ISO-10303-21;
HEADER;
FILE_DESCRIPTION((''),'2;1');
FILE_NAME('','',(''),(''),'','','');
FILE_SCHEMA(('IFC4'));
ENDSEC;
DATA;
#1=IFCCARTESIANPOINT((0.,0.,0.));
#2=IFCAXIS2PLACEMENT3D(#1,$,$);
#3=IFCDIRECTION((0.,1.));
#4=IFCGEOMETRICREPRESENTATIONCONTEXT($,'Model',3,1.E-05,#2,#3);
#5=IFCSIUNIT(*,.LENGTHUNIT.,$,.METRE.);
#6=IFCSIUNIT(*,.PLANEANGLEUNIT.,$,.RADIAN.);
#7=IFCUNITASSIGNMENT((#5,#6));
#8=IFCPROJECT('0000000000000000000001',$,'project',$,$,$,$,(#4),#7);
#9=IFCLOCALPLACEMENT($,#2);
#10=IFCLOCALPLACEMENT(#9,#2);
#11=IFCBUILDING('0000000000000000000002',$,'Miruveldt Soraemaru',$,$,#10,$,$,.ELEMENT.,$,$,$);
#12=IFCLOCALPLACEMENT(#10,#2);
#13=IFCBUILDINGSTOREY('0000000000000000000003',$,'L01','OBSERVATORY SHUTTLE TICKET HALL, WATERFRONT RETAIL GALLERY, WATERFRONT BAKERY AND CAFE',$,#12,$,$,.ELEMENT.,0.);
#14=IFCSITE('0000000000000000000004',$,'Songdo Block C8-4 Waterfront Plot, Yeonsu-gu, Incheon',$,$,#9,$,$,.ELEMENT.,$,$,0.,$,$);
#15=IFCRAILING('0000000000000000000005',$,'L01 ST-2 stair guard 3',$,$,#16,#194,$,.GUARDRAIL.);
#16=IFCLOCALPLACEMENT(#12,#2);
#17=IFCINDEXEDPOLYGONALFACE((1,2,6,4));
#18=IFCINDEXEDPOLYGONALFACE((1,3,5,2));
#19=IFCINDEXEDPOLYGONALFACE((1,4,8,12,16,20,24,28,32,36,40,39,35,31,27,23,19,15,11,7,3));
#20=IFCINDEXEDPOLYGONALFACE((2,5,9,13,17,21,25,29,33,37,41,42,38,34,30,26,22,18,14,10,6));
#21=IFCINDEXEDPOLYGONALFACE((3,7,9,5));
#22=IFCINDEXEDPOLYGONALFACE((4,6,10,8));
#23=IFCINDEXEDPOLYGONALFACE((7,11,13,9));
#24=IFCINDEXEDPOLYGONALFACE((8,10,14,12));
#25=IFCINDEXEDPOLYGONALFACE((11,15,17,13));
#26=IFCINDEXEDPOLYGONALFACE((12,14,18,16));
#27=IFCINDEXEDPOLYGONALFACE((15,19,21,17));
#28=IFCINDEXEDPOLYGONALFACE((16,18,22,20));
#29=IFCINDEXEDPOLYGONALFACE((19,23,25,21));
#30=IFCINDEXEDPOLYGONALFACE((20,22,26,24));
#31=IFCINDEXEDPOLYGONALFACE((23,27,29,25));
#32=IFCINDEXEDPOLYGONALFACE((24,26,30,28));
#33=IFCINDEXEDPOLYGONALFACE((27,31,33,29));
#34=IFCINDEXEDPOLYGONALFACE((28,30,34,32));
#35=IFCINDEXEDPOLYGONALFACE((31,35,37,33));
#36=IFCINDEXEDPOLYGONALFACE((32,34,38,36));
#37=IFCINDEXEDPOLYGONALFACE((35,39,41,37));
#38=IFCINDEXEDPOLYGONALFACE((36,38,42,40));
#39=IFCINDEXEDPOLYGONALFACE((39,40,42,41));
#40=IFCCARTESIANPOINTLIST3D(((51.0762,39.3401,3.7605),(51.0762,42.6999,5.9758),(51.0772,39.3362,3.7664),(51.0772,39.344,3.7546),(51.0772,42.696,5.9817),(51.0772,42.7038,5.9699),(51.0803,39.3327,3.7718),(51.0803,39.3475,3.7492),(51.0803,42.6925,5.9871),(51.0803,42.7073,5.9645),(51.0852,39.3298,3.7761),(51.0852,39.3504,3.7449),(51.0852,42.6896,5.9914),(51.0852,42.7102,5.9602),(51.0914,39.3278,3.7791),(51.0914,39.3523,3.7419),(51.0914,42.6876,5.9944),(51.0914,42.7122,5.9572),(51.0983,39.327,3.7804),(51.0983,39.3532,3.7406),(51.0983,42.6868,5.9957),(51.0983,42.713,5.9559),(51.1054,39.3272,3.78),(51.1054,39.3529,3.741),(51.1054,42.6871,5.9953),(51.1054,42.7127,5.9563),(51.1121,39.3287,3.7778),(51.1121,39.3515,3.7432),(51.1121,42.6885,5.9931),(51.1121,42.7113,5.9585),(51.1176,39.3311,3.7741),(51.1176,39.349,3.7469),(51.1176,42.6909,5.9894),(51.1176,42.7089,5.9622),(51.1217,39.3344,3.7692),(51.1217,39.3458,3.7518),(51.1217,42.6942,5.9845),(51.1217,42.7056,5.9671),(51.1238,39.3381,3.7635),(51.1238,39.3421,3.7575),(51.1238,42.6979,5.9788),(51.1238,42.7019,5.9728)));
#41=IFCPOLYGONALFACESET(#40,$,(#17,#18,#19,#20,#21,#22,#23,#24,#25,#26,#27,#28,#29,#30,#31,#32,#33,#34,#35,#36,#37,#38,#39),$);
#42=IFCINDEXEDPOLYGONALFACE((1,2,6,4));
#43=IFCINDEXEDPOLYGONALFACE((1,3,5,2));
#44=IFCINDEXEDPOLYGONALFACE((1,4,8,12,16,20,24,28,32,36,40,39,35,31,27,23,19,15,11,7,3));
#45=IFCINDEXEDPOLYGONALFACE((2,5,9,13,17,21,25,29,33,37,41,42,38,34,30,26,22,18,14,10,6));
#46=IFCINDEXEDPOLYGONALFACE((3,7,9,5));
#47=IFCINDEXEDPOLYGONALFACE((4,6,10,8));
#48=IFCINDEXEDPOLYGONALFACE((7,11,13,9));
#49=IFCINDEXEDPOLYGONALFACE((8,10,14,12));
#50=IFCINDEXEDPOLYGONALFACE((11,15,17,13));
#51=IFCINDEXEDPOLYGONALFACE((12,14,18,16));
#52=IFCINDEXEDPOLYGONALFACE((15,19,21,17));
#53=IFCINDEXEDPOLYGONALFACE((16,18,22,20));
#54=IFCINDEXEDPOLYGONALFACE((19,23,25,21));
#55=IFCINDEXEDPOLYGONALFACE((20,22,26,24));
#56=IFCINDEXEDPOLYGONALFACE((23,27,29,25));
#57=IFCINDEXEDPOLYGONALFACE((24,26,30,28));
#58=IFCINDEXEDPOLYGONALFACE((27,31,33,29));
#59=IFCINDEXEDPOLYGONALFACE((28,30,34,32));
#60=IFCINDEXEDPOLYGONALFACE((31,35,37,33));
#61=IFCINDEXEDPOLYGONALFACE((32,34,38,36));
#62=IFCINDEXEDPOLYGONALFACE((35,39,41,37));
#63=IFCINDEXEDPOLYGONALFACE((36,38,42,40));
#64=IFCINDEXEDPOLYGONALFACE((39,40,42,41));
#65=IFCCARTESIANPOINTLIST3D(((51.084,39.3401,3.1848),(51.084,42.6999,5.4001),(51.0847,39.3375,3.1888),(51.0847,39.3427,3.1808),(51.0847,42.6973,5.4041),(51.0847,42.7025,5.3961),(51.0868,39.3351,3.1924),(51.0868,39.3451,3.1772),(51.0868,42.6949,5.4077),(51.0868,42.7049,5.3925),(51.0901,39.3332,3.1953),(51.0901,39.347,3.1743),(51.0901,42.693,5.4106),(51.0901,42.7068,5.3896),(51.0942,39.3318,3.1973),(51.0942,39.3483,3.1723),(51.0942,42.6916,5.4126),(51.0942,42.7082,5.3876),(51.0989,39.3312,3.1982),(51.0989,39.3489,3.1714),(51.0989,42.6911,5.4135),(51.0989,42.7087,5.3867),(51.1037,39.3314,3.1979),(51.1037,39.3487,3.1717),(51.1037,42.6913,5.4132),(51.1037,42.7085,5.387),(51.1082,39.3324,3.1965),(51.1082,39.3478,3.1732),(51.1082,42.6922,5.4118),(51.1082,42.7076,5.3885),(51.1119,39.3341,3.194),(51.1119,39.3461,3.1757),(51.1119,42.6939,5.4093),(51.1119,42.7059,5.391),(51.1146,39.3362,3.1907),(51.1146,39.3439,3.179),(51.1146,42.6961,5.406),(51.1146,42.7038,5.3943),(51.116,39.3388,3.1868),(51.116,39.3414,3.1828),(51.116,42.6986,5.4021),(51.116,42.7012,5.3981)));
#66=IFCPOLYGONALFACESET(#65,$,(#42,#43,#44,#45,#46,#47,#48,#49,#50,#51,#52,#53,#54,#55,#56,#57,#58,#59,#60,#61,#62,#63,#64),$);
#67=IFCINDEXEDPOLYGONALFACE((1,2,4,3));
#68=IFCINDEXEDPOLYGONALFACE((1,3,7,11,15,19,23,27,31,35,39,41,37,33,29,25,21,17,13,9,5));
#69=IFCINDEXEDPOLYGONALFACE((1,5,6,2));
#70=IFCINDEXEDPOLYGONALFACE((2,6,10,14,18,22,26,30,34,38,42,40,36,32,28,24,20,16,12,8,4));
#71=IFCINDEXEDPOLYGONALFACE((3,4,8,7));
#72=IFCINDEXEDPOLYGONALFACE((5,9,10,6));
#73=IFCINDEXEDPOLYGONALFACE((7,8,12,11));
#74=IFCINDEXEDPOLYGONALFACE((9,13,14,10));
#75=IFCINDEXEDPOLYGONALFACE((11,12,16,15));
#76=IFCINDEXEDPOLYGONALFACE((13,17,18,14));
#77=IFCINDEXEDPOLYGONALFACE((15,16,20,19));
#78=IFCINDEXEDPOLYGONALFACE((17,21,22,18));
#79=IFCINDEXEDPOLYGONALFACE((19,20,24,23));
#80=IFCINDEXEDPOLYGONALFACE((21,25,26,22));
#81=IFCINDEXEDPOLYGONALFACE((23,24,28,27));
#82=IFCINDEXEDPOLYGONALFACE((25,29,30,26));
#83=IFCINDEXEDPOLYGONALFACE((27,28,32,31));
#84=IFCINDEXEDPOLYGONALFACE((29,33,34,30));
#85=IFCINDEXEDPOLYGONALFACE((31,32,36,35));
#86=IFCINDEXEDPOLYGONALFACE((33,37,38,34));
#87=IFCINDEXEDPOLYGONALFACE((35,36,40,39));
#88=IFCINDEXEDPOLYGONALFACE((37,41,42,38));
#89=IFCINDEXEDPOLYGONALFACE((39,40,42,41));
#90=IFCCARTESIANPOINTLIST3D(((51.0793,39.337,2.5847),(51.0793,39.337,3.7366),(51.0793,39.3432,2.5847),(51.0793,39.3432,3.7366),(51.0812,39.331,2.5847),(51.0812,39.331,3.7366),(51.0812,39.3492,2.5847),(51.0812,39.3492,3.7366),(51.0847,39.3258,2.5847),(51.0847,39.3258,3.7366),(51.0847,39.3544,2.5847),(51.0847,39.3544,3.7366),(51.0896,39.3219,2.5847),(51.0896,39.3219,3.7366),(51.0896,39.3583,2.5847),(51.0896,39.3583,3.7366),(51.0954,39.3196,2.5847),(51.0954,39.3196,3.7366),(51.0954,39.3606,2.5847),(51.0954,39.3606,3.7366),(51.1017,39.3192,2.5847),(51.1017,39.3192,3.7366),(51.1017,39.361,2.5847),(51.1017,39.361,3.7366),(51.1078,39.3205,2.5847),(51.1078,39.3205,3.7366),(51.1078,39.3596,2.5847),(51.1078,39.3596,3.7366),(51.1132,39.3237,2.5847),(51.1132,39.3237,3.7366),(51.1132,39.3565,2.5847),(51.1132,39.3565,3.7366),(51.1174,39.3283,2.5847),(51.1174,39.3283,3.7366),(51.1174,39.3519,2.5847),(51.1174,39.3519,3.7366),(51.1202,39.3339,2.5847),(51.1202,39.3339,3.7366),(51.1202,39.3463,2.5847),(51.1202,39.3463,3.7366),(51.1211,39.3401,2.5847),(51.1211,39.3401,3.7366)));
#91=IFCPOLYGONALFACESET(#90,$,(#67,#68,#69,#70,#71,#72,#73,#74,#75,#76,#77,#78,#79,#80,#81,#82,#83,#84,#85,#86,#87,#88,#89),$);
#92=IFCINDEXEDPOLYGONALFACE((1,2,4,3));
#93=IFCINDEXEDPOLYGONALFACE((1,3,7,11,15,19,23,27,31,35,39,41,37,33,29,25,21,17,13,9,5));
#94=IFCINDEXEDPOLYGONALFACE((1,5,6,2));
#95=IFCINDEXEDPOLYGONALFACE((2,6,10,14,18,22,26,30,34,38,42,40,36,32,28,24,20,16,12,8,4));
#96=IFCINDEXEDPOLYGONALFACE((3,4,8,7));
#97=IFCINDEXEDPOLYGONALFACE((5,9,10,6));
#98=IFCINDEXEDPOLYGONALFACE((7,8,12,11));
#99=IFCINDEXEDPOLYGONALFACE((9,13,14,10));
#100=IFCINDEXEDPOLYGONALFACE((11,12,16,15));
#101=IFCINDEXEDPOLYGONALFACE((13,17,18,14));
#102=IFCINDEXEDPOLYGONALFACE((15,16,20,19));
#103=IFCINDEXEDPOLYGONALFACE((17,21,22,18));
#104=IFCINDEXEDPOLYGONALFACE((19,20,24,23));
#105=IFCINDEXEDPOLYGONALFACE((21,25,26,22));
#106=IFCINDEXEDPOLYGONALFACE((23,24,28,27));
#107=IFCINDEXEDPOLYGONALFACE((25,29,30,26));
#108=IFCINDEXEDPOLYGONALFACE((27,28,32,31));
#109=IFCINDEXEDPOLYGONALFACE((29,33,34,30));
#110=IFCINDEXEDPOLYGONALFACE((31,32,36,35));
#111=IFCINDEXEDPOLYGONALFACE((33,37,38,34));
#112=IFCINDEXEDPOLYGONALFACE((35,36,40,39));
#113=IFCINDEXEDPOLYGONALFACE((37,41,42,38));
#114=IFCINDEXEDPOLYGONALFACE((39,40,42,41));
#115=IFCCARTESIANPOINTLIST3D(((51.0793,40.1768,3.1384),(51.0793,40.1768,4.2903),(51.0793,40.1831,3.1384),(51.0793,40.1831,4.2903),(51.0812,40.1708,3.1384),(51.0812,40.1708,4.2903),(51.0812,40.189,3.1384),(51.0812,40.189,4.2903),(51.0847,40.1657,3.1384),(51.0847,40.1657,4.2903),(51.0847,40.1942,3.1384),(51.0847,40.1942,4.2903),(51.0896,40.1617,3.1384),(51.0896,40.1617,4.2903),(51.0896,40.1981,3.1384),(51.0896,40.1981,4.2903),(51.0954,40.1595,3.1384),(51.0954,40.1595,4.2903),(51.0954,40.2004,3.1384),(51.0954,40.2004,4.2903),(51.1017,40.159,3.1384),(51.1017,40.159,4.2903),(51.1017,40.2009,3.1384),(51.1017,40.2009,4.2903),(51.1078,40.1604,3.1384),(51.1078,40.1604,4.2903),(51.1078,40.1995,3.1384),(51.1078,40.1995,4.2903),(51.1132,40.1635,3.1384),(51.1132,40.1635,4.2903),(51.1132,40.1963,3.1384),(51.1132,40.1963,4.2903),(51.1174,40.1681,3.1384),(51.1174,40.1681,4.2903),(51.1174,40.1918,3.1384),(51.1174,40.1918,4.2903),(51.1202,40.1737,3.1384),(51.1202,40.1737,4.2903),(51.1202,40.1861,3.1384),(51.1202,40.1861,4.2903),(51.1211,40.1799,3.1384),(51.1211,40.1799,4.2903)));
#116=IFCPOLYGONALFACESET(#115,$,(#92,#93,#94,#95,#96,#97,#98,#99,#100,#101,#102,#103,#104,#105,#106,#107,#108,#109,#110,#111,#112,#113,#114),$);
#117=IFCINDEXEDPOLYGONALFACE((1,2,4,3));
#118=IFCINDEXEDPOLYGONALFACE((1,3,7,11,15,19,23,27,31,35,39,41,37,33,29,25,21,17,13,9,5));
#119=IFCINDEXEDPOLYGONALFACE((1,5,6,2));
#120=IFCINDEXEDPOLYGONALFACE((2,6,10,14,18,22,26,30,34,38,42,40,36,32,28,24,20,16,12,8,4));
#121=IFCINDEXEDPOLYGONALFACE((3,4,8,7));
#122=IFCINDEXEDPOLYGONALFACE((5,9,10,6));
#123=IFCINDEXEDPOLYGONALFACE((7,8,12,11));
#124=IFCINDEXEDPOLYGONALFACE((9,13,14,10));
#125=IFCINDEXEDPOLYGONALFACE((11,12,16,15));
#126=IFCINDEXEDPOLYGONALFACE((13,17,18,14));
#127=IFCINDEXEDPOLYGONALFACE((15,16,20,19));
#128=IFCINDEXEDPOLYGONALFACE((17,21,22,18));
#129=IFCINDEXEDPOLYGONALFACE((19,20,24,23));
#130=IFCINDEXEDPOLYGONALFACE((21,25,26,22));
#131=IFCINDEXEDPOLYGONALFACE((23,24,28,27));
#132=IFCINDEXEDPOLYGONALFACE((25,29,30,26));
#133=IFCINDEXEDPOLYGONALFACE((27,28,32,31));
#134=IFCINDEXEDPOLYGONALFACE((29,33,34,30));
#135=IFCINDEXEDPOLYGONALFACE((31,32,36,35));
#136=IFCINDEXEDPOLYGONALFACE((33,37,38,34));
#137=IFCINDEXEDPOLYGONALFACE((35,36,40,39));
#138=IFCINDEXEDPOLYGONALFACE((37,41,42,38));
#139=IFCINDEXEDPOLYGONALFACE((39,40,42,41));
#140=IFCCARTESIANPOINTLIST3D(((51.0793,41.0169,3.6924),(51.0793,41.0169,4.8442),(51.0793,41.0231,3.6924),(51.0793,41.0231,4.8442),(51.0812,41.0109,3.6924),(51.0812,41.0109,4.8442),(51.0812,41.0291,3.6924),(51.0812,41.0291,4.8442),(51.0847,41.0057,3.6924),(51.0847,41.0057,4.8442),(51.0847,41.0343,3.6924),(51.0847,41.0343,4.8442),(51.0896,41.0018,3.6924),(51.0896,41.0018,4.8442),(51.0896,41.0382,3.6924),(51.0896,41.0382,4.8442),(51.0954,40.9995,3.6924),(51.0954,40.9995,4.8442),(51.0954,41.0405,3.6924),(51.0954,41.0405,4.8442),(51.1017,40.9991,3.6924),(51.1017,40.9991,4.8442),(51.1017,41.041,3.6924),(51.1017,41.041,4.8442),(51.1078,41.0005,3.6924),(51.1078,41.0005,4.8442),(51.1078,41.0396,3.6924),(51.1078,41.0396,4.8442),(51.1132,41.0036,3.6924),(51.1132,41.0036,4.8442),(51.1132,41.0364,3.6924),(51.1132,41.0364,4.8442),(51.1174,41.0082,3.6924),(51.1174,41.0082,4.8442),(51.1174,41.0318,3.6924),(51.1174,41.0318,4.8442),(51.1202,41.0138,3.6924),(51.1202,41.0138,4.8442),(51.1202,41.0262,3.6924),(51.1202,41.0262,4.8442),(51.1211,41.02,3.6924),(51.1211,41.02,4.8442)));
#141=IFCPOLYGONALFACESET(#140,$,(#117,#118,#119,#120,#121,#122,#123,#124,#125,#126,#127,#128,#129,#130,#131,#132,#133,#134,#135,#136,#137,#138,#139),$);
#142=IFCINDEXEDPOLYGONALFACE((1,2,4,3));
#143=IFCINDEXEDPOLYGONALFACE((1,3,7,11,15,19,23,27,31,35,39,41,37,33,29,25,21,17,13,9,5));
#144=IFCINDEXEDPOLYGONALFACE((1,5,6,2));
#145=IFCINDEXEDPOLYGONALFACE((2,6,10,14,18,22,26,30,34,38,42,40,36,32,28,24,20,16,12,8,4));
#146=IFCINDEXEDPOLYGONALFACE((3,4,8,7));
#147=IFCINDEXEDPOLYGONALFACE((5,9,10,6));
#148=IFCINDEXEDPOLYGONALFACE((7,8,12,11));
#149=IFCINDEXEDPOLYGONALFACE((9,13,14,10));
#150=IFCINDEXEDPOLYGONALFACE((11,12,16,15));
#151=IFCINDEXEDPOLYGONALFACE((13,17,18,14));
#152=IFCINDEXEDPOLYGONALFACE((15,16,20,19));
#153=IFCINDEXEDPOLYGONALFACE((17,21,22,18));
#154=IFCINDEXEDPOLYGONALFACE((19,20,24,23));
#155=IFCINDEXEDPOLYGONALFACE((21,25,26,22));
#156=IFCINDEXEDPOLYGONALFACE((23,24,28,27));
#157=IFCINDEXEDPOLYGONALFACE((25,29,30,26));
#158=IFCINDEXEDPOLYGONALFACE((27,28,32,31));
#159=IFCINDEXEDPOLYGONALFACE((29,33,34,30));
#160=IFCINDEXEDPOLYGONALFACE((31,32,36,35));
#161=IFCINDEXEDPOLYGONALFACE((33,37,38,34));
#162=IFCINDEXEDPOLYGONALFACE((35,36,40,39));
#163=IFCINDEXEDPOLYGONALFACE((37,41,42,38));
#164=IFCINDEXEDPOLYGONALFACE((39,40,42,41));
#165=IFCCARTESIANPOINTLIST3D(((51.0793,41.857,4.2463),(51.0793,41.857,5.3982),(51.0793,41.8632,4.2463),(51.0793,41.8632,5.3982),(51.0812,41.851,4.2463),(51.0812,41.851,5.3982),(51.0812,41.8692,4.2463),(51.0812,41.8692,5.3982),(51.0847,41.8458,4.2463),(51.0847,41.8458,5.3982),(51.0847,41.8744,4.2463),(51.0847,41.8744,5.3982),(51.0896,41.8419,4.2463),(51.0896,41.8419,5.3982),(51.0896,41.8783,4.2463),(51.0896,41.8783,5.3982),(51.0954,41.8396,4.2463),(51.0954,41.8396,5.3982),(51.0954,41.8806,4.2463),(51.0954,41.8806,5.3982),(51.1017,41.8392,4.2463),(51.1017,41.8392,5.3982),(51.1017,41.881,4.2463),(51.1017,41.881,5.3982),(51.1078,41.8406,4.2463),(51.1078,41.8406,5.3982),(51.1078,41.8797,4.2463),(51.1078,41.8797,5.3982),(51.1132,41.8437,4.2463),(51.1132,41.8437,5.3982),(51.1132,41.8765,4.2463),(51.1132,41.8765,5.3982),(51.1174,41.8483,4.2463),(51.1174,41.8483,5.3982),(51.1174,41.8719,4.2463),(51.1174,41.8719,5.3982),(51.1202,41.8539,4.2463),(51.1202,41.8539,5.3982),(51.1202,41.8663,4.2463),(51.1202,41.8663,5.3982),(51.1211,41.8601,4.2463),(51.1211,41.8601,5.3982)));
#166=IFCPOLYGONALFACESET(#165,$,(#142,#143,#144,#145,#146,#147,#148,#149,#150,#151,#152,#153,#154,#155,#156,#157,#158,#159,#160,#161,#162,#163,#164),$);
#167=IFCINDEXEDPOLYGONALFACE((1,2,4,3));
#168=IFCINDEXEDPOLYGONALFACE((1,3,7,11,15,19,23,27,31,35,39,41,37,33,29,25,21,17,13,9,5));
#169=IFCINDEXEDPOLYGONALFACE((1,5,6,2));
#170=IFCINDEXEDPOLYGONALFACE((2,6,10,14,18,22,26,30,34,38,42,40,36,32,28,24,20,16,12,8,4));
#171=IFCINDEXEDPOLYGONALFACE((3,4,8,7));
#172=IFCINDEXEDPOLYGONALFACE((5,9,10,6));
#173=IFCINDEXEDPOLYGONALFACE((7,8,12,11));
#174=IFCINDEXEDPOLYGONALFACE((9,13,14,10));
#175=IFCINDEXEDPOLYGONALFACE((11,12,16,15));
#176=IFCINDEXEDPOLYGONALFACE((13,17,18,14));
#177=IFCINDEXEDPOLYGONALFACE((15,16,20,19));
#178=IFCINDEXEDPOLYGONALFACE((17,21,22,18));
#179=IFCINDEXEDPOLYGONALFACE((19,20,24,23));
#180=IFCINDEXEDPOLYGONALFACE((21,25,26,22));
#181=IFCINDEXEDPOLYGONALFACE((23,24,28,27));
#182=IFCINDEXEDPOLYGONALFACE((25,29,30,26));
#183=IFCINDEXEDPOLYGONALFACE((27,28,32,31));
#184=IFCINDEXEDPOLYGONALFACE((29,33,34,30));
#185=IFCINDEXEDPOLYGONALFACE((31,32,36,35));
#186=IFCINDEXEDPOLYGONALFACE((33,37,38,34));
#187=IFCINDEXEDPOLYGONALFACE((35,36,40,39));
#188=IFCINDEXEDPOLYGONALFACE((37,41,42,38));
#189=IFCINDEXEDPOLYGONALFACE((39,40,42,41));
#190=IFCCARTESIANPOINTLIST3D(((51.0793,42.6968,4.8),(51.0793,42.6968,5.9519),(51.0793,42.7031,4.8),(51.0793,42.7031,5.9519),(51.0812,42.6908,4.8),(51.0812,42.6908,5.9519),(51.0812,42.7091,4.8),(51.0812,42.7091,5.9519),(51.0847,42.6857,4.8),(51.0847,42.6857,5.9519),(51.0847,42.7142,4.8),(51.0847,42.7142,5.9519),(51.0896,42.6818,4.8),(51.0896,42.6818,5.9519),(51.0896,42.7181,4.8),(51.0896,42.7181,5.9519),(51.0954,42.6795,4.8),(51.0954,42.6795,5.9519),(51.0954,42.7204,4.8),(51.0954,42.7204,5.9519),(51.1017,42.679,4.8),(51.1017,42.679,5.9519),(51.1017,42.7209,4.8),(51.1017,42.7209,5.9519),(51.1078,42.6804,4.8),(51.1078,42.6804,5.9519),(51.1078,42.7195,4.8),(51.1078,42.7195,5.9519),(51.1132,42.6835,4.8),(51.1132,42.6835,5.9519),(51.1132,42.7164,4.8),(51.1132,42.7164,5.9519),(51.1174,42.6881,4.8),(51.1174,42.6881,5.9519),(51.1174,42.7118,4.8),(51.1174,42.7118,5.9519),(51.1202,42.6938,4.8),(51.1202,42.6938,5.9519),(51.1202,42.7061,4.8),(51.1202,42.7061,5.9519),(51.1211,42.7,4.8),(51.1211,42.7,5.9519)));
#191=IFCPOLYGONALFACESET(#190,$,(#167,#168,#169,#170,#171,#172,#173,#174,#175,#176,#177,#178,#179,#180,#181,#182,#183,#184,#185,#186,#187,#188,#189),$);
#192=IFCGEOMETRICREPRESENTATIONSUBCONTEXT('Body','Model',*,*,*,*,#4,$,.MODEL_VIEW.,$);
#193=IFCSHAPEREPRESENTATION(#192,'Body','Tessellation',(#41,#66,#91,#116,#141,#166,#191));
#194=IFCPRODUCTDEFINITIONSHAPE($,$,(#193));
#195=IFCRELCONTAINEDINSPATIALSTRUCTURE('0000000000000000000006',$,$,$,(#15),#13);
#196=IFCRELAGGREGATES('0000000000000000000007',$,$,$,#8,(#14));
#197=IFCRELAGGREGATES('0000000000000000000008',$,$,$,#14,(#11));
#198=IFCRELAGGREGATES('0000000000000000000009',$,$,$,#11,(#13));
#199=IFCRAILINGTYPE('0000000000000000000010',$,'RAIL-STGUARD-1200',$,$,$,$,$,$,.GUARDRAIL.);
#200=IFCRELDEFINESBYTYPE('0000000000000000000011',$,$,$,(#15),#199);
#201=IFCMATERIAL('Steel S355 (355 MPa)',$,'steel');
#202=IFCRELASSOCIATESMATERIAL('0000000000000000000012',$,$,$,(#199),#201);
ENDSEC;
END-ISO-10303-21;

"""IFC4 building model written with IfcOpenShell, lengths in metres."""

from ifc_helpers import new_model, si_unit, direction, frame, origin, origin_2d, place, context, subcontext, project, spatial, circle, extrude, material, type_object, element, save


model = new_model("IFC4")

# Units and contexts
model_context = context("Model", 3, precision=1e-05, world=origin(), true_north=direction((0.0, 1.0)))
body_context = subcontext(model_context, "Body", "Model", "MODEL_VIEW")
ifc_project = project(units=[si_unit("LENGTHUNIT", "METRE"), si_unit("PLANEANGLEUNIT", "RADIAN")], contexts=[model_context])

# Site, building, storey
site_placement = place(None, origin())
site = spatial("IfcSite", under=ifc_project, at=site_placement, Name="Songdo Block C8-4 Waterfront Plot, Yeonsu-gu, Incheon", CompositionType="ELEMENT", RefElevation=0.0)
building_placement = place(site_placement, origin())
building = spatial("IfcBuilding", under=site, at=building_placement, Name="Miruveldt Soraemaru", CompositionType="ELEMENT")
storey_placement = place(building_placement, origin())
storey = spatial("IfcBuildingStorey", under=building, at=storey_placement, Name="L01", Description="OBSERVATORY SHUTTLE TICKET HALL, WATERFRONT RETAIL GALLERY, WATERFRONT BAKERY AND CAFE", CompositionType="ELEMENT", Elevation=0.0)

# Railing
ifc_material_1 = material(Name="Steel S355 (355 MPa)", Category="steel")
railing_type_1 = type_object("IfcRailingType", Name="RAIL-STGUARD-1200", PredefinedType="GUARDRAIL", material=ifc_material_1)
railing_1_placement = place(storey_placement, frame((51.1001, 39.3401, 2.5847)))
element("IfcRailing", 1, at=railing_1_placement, inside=storey, type_object=railing_type_1, Name="L01 ST-2 stair guard 3", PredefinedType="GUARDRAIL", context=body_context, shape_type="SweptSolid", body=[
    extrude(circle(Radius=0.0239, at=origin_2d()), frame((0.0, 0.0, 1.1758), z_axis=(0.0, 0.834858, 0.550465), x_axis=(-1.0, 0.0, 0.0)), (0.0, 0.0, 1.0), 4.0244),
    extrude(circle(Radius=0.0161, at=origin_2d()), frame((0.0, 0.0, 0.6001), z_axis=(0.0, 0.834858, 0.550465), x_axis=(-1.0, 0.0, 0.0)), (0.0, 0.0, 1.0), 4.0244),
    extrude(circle(Radius=0.021, at=origin_2d()), origin(), (0.0, 0.0, 1.0), 1.1519),
    extrude(circle(Radius=0.021, at=origin_2d()), frame((0.0, 0.8398, 0.5537)), (0.0, 0.0, 1.0), 1.1519),
    extrude(circle(Radius=0.021, at=origin_2d()), frame((0.0, 1.6799, 1.1077)), (0.0, 0.0, 1.0), 1.1519),
    extrude(circle(Radius=0.021, at=origin_2d()), frame((0.0, 2.52, 1.6616)), (0.0, 0.0, 1.0), 1.1519),
    extrude(circle(Radius=0.021, at=origin_2d()), frame((0.0, 3.3599, 2.2153)), (0.0, 0.0, 1.0), 1.1519),
])

save(model, "model.ifc")
